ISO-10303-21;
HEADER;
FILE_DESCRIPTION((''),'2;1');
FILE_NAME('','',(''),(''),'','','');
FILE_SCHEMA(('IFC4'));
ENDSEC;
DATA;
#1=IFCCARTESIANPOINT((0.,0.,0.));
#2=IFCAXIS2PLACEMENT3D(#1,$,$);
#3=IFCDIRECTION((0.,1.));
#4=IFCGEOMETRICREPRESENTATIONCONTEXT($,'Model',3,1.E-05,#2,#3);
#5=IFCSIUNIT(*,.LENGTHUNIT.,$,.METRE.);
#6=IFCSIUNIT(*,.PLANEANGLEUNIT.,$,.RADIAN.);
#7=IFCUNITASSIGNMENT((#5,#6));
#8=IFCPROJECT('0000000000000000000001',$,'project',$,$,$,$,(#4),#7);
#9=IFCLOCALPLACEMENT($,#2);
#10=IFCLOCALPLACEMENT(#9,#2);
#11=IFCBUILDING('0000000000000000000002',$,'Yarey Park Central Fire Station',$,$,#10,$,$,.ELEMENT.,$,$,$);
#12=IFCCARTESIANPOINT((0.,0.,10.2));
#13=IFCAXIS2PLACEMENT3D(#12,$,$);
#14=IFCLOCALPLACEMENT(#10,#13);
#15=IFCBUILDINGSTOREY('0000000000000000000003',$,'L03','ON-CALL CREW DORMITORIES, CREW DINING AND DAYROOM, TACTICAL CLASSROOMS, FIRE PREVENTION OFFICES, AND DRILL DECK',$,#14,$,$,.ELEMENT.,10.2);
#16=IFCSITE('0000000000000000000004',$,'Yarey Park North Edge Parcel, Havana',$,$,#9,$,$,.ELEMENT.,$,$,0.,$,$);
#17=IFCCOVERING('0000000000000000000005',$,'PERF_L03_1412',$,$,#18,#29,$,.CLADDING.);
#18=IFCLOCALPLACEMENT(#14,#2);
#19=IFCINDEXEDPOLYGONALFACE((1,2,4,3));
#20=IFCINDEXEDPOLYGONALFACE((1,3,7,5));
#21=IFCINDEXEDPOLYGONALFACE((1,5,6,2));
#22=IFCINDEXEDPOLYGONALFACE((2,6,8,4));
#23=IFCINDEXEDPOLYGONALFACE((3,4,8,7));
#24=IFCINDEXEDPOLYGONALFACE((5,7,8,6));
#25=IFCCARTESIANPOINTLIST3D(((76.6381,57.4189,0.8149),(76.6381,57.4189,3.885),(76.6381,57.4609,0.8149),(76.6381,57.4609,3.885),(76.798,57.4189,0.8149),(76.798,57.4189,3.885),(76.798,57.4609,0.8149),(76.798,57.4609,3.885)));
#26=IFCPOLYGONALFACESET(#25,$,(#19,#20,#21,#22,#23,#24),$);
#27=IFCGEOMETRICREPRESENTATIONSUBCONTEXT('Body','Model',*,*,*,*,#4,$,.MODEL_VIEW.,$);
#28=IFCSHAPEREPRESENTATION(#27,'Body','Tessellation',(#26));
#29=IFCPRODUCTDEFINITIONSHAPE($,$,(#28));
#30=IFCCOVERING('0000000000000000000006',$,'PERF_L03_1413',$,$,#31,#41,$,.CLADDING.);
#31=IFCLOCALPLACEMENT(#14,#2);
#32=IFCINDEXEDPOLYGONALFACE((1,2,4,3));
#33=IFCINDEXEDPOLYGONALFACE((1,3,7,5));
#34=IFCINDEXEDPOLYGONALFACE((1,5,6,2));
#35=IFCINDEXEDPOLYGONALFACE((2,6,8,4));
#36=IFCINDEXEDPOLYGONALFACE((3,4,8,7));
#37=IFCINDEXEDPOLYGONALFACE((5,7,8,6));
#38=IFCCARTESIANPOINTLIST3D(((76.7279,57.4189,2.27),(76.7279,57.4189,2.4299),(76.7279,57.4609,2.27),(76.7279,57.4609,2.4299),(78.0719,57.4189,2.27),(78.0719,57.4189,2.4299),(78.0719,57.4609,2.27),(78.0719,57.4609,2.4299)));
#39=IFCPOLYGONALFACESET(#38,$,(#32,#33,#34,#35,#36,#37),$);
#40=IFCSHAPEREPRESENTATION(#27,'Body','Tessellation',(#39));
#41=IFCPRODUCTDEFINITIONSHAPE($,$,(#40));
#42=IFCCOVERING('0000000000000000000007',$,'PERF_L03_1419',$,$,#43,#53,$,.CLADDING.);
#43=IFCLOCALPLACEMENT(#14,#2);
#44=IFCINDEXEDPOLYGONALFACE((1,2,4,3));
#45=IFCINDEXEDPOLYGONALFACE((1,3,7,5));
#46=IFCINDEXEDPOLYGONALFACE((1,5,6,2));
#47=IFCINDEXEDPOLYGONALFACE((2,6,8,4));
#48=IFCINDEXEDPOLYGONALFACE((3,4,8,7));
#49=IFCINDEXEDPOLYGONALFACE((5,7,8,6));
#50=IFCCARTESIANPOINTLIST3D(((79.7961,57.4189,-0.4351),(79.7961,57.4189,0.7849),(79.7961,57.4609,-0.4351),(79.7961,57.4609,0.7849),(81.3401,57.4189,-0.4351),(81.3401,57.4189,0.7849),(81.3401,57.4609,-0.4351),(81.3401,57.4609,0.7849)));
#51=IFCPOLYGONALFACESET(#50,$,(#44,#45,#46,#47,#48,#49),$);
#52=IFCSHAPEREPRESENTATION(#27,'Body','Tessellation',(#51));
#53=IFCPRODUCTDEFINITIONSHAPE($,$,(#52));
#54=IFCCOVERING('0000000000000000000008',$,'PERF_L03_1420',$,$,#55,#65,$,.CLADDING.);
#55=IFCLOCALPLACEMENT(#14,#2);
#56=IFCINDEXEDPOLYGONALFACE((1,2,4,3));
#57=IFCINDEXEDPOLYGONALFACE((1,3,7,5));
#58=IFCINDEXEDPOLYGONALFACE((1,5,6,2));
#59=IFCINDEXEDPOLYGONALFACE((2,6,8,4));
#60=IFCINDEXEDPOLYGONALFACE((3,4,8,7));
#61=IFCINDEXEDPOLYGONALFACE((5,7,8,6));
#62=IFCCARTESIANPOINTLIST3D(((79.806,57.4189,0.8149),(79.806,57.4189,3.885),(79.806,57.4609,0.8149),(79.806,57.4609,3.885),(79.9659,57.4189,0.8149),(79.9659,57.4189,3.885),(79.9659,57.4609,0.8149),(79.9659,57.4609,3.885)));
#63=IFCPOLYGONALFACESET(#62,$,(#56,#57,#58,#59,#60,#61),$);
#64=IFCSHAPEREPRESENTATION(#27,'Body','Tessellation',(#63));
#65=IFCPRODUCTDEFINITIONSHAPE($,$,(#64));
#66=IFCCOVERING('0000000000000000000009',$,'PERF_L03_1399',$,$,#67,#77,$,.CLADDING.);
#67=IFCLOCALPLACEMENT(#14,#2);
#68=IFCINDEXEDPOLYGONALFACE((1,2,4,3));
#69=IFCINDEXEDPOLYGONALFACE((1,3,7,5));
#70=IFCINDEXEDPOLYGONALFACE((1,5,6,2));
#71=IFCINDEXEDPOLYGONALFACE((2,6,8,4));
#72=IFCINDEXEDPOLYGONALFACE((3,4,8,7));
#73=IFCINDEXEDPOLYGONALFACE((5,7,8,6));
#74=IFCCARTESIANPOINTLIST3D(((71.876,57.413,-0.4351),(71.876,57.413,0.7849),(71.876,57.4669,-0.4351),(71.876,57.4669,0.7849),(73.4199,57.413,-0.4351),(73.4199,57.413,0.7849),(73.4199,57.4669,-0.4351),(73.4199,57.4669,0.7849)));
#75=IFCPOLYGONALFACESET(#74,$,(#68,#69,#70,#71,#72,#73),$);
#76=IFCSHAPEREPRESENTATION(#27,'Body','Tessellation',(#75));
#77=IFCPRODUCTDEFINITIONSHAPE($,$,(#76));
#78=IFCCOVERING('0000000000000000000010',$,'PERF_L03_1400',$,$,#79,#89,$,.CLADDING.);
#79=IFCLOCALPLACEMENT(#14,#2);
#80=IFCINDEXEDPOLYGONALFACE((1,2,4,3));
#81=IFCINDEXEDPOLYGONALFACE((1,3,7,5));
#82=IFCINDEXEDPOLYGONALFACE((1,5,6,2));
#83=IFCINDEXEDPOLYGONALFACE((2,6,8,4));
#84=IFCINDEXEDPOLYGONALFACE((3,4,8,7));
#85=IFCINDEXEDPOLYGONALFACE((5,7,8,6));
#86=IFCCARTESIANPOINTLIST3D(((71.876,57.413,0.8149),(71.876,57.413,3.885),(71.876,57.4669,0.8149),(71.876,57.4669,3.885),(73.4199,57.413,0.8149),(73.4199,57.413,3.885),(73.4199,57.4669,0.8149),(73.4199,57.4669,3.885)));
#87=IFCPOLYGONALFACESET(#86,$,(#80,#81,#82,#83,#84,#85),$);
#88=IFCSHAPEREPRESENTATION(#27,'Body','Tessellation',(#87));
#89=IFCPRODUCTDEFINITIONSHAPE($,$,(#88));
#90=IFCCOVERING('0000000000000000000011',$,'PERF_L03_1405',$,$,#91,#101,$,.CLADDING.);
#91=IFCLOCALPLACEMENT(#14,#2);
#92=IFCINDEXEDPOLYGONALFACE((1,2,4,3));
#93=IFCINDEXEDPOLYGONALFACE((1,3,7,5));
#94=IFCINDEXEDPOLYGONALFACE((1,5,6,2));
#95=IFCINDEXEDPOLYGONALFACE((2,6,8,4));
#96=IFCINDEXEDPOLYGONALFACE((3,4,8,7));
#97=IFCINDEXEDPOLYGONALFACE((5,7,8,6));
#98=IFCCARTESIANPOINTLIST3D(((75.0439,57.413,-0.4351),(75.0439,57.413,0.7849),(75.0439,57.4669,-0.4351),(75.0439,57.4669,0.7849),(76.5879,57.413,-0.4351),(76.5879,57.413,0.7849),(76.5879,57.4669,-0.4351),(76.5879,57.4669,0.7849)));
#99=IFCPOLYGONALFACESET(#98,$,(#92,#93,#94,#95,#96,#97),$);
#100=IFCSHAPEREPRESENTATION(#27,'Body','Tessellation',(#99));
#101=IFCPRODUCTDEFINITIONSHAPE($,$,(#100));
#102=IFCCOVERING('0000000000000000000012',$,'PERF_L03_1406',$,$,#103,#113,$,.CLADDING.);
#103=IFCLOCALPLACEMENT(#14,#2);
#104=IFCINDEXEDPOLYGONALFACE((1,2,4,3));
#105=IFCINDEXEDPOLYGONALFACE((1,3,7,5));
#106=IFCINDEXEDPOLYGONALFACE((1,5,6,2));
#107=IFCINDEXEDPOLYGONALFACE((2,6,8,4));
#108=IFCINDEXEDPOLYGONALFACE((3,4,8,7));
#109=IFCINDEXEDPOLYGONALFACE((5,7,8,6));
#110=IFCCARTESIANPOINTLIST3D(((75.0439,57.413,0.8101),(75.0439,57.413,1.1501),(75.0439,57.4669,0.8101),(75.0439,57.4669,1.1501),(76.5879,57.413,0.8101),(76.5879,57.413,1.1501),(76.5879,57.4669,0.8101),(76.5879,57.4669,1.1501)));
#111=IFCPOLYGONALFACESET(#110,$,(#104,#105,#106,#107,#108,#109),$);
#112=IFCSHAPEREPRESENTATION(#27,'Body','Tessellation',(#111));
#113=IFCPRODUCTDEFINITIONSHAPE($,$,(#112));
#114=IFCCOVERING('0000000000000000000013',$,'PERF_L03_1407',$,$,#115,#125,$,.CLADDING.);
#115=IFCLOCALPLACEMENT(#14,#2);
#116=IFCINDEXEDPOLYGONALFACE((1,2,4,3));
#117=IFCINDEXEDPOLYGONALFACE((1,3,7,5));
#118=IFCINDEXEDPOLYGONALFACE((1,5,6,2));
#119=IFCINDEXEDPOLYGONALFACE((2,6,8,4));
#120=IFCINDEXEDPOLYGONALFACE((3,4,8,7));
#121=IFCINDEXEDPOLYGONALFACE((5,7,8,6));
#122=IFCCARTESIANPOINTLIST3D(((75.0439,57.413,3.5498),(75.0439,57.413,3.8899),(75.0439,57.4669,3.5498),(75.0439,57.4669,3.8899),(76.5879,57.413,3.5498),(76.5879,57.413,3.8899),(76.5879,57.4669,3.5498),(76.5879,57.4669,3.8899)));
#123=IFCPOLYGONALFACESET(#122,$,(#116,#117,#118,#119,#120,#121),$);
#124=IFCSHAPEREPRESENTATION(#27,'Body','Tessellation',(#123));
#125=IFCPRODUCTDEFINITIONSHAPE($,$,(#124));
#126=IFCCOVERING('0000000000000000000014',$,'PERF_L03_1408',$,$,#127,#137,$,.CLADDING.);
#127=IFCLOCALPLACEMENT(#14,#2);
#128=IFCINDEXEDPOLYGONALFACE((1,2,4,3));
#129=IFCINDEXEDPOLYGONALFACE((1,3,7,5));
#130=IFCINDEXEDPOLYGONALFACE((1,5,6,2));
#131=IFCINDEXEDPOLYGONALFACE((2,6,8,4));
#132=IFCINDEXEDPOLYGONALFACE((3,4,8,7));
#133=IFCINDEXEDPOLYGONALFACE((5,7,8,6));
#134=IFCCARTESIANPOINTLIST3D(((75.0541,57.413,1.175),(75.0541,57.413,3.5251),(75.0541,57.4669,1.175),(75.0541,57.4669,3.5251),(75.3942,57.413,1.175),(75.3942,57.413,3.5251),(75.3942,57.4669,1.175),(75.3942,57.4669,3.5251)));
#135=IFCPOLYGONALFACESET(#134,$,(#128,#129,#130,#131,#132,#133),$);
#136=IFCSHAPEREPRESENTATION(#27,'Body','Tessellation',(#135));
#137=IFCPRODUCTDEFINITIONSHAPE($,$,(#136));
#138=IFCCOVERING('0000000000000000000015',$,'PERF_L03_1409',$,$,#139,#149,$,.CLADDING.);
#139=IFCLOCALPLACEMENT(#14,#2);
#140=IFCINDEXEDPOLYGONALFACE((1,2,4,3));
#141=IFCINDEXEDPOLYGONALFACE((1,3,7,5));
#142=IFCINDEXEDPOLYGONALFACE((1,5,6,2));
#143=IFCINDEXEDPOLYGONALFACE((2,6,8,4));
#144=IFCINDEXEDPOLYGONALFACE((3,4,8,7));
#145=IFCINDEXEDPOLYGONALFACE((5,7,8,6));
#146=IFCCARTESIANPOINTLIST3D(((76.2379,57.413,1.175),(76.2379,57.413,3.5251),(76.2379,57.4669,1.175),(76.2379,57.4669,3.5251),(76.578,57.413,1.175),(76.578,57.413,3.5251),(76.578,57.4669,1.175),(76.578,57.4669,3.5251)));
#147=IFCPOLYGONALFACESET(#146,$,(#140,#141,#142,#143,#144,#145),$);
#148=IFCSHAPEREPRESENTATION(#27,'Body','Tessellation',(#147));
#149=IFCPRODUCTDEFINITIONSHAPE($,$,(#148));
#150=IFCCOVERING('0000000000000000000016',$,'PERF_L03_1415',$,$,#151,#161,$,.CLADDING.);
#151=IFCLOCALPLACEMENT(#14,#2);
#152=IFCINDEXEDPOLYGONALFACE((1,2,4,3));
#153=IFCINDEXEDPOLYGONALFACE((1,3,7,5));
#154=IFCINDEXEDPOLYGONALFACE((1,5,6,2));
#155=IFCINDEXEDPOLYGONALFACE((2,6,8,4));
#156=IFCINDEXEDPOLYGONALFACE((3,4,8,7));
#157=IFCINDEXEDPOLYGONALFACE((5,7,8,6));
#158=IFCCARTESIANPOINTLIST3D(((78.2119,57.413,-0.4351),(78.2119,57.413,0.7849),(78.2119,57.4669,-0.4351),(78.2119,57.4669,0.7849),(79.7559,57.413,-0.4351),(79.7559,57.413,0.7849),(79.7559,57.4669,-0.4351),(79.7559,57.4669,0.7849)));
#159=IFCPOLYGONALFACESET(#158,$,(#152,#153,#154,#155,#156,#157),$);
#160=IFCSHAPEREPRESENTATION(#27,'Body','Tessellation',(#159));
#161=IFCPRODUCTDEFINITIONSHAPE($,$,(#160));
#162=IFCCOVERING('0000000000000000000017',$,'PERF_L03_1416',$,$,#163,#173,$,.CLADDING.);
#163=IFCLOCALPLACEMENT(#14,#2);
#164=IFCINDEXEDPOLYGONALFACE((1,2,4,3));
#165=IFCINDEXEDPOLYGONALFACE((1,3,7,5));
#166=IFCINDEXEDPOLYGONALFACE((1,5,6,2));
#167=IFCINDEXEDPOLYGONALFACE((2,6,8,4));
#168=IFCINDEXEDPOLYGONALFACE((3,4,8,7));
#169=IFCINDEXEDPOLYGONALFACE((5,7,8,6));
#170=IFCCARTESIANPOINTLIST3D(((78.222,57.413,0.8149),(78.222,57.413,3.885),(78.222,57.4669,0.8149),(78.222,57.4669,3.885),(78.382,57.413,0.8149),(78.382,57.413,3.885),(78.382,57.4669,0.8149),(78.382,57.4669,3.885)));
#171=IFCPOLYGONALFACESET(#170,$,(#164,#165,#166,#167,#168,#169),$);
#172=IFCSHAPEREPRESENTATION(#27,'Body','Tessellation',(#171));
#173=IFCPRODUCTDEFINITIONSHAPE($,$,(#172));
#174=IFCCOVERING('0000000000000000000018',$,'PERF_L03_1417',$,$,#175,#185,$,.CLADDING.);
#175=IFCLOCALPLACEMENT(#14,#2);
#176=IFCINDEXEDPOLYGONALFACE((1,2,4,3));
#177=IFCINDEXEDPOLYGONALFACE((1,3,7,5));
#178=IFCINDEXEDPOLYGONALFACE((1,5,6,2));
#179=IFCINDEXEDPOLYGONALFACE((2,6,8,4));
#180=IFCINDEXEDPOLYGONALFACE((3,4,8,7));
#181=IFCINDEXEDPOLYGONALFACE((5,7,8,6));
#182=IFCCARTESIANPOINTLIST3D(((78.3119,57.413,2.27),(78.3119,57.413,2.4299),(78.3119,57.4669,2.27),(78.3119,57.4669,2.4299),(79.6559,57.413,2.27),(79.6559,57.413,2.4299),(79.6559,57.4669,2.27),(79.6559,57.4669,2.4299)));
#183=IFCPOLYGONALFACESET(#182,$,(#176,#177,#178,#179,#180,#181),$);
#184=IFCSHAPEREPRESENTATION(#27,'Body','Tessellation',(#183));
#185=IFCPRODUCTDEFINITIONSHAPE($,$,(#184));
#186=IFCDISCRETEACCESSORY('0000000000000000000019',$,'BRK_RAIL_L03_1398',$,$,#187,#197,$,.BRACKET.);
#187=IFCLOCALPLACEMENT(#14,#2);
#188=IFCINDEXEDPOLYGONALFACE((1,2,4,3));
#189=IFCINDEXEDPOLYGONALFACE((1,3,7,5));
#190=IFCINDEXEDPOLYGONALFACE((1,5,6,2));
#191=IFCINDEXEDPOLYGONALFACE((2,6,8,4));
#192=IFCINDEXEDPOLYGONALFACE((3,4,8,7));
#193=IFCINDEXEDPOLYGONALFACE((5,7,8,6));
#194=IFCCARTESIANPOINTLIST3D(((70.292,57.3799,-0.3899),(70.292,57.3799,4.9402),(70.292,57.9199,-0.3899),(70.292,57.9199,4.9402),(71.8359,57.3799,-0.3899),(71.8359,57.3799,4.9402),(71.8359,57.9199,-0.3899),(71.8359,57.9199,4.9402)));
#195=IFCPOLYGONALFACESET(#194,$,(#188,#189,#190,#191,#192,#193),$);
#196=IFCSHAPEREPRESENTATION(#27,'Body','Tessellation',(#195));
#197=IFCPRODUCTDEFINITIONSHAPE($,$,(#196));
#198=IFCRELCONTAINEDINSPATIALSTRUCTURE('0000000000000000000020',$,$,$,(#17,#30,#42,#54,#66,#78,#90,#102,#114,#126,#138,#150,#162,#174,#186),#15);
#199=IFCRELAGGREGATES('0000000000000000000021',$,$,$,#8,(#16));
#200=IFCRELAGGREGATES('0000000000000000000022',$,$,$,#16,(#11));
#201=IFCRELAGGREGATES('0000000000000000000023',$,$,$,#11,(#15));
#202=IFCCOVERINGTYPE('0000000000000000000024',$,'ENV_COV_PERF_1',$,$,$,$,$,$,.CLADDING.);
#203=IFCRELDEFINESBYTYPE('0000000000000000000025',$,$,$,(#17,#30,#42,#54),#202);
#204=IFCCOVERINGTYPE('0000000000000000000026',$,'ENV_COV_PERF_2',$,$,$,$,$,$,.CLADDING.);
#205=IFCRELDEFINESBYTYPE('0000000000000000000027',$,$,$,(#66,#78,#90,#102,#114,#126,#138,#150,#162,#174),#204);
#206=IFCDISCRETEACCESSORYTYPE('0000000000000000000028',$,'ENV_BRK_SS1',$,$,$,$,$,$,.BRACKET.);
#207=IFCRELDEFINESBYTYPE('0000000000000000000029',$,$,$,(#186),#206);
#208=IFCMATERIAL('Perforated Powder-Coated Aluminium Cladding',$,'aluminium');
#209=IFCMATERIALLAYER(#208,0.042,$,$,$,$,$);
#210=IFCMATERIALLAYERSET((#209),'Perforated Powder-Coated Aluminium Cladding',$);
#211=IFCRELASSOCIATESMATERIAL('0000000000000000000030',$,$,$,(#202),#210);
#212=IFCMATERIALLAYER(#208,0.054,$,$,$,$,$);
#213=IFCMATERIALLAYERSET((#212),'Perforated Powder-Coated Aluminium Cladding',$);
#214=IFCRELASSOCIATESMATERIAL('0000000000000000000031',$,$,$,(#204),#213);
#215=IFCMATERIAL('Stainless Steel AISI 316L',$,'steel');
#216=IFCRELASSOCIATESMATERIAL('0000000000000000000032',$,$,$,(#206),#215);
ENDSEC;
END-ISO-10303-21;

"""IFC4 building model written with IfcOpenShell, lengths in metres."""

from ifc_helpers import new_model, si_unit, direction, frame, origin, origin_2d, place, context, subcontext, project, spatial, rectangle, extrude, material, layer, layer_set, type_object, element, save


model = new_model("IFC4")

# Units and contexts
model_context = context("Model", 3, precision=1e-05, world=origin(), true_north=direction((0.0, 1.0)))
body_context = subcontext(model_context, "Body", "Model", "MODEL_VIEW")
ifc_project = project(units=[si_unit("LENGTHUNIT", "METRE"), si_unit("PLANEANGLEUNIT", "RADIAN")], contexts=[model_context])

# Site, building, storey
site_placement = place(None, origin())
site = spatial("IfcSite", under=ifc_project, at=site_placement, Name="Yarey Park North Edge Parcel, Havana", CompositionType="ELEMENT", RefElevation=0.0)
building_placement = place(site_placement, origin())
building = spatial("IfcBuilding", under=site, at=building_placement, Name="Yarey Park Central Fire Station", CompositionType="ELEMENT")
storey_placement = place(building_placement, frame((0.0, 0.0, 10.2)))
storey = spatial("IfcBuildingStorey", under=building, at=storey_placement, Name="L03", Description="ON-CALL CREW DORMITORIES, CREW DINING AND DAYROOM, TACTICAL CLASSROOMS, FIRE PREVENTION OFFICES, AND DRILL DECK", CompositionType="ELEMENT", Elevation=10.2)

# Coverings
ifc_material_1 = material(Name="Perforated Powder-Coated Aluminium Cladding", Category="aluminium")
ifc_layer_1 = layer(ifc_material_1, 0.042)
ifc_layer_set_1 = layer_set([ifc_layer_1], Name="Perforated Powder-Coated Aluminium Cladding")
covering_type_1 = type_object("IfcCoveringType", Name="ENV_COV_PERF_1", PredefinedType="CLADDING", material=ifc_layer_set_1)
covering_1_placement = place(storey_placement, frame((76.718, 57.4399, 0.8149), z_axis=(0.0, 0.0, 1.0), x_axis=(1.0, 0.0, 0.0)))
element("IfcCovering", 1, at=covering_1_placement, inside=storey, type_object=covering_type_1, Name="PERF_L03_1412", PredefinedType="CLADDING", context=body_context, shape_type="SweptSolid", body=[
    extrude(rectangle(XDim=0.1599, YDim=0.042, at=origin_2d()), origin(), (0.0, 0.0, 1.0), 3.0701),
])
covering_2_placement = place(storey_placement, frame((77.3999, 57.4399, 2.27), z_axis=(0.0, 0.0, 1.0), x_axis=(1.0, 0.0, 0.0)))
element("IfcCovering", 2, at=covering_2_placement, inside=storey, type_object=covering_type_1, Name="PERF_L03_1413", PredefinedType="CLADDING", context=body_context, shape_type="SweptSolid", body=[
    extrude(rectangle(XDim=1.344, YDim=0.042, at=origin_2d()), origin(), (0.0, 0.0, 1.0), 0.1599),
])
covering_3_placement = place(storey_placement, frame((80.5681, 57.4399, -0.4351), z_axis=(0.0, 0.0, 1.0), x_axis=(1.0, 0.0, 0.0)))
element("IfcCovering", 3, at=covering_3_placement, inside=storey, type_object=covering_type_1, Name="PERF_L03_1419", PredefinedType="CLADDING", context=body_context, shape_type="SweptSolid", body=[
    extrude(rectangle(XDim=1.5439, YDim=0.042, at=origin_2d()), origin(), (0.0, 0.0, 1.0), 1.22),
])
covering_4_placement = place(storey_placement, frame((79.886, 57.4399, 0.8149), z_axis=(0.0, 0.0, 1.0), x_axis=(1.0, 0.0, 0.0)))
element("IfcCovering", 4, at=covering_4_placement, inside=storey, type_object=covering_type_1, Name="PERF_L03_1420", PredefinedType="CLADDING", context=body_context, shape_type="SweptSolid", body=[
    extrude(rectangle(XDim=0.1599, YDim=0.042, at=origin_2d()), origin(), (0.0, 0.0, 1.0), 3.0701),
])
ifc_layer_2 = layer(ifc_material_1, 0.054)
ifc_layer_set_2 = layer_set([ifc_layer_2], Name="Perforated Powder-Coated Aluminium Cladding")
covering_type_2 = type_object("IfcCoveringType", Name="ENV_COV_PERF_2", PredefinedType="CLADDING", material=ifc_layer_set_2)
covering_5_placement = place(storey_placement, frame((72.6479, 57.4399, -0.4351), z_axis=(0.0, 0.0, 1.0), x_axis=(1.0, 0.0, 0.0)))
element("IfcCovering", 5, at=covering_5_placement, inside=storey, type_object=covering_type_2, Name="PERF_L03_1399", PredefinedType="CLADDING", context=body_context, shape_type="SweptSolid", body=[
    extrude(rectangle(XDim=1.5439, YDim=0.054, at=origin_2d()), origin(), (0.0, 0.0, 1.0), 1.22),
])
covering_6_placement = place(storey_placement, frame((72.6479, 57.4399, 0.8149), z_axis=(0.0, 0.0, 1.0), x_axis=(1.0, 0.0, 0.0)))
element("IfcCovering", 6, at=covering_6_placement, inside=storey, type_object=covering_type_2, Name="PERF_L03_1400", PredefinedType="CLADDING", context=body_context, shape_type="SweptSolid", body=[
    extrude(rectangle(XDim=1.5439, YDim=0.054, at=origin_2d()), origin(), (0.0, 0.0, 1.0), 3.0701),
])
covering_7_placement = place(storey_placement, frame((75.8159, 57.4399, -0.4351), z_axis=(0.0, 0.0, 1.0), x_axis=(1.0, 0.0, 0.0)))
element("IfcCovering", 7, at=covering_7_placement, inside=storey, type_object=covering_type_2, Name="PERF_L03_1405", PredefinedType="CLADDING", context=body_context, shape_type="SweptSolid", body=[
    extrude(rectangle(XDim=1.5439, YDim=0.054, at=origin_2d()), origin(), (0.0, 0.0, 1.0), 1.22),
])
for number, where, z_axis, x_axis, name in (
    (8, (75.8159, 57.4399, 0.8101), (0.0, 0.0, 1.0), (1.0, 0.0, 0.0), "PERF_L03_1406"),
    (9, (75.8159, 57.4399, 3.5498), (0.0, 0.0, 1.0), (1.0, 0.0, 0.0), "PERF_L03_1407"),
):
    element("IfcCovering", number, at=place(storey_placement, frame(where, z_axis=z_axis, x_axis=x_axis)), inside=storey, type_object=covering_type_2, Name=name, PredefinedType="CLADDING", context=body_context, shape_type="SweptSolid", body=[
        extrude(rectangle(XDim=1.5439, YDim=0.054, at=origin_2d()), origin(), (0.0, 0.0, 1.0), 0.3401),
    ])
for number, where, z_axis, x_axis, name in (
    (10, (75.2241, 57.4399, 1.175), (0.0, 0.0, 1.0), (1.0, 0.0, 0.0), "PERF_L03_1408"),
    (11, (76.408, 57.4399, 1.175), (0.0, 0.0, 1.0), (1.0, 0.0, 0.0), "PERF_L03_1409"),
):
    element("IfcCovering", number, at=place(storey_placement, frame(where, z_axis=z_axis, x_axis=x_axis)), inside=storey, type_object=covering_type_2, Name=name, PredefinedType="CLADDING", context=body_context, shape_type="SweptSolid", body=[
        extrude(rectangle(XDim=0.3401, YDim=0.054, at=origin_2d()), origin(), (0.0, 0.0, 1.0), 2.3501),
    ])
covering_8_placement = place(storey_placement, frame((78.9839, 57.4399, -0.4351), z_axis=(0.0, 0.0, 1.0), x_axis=(1.0, 0.0, 0.0)))
element("IfcCovering", 12, at=covering_8_placement, inside=storey, type_object=covering_type_2, Name="PERF_L03_1415", PredefinedType="CLADDING", context=body_context, shape_type="SweptSolid", body=[
    extrude(rectangle(XDim=1.5439, YDim=0.054, at=origin_2d()), origin(), (0.0, 0.0, 1.0), 1.22),
])
covering_9_placement = place(storey_placement, frame((78.302, 57.4399, 0.8149), z_axis=(0.0, 0.0, 1.0), x_axis=(1.0, 0.0, 0.0)))
element("IfcCovering", 13, at=covering_9_placement, inside=storey, type_object=covering_type_2, Name="PERF_L03_1416", PredefinedType="CLADDING", context=body_context, shape_type="SweptSolid", body=[
    extrude(rectangle(XDim=0.1599, YDim=0.054, at=origin_2d()), origin(), (0.0, 0.0, 1.0), 3.0701),
])
covering_10_placement = place(storey_placement, frame((78.9839, 57.4399, 2.27), z_axis=(0.0, 0.0, 1.0), x_axis=(1.0, 0.0, 0.0)))
element("IfcCovering", 14, at=covering_10_placement, inside=storey, type_object=covering_type_2, Name="PERF_L03_1417", PredefinedType="CLADDING", context=body_context, shape_type="SweptSolid", body=[
    extrude(rectangle(XDim=1.344, YDim=0.054, at=origin_2d()), origin(), (0.0, 0.0, 1.0), 0.1599),
])

# Discrete accessory
ifc_material_2 = material(Name="Stainless Steel AISI 316L", Category="steel")
discrete_accessory_type = type_object("IfcDiscreteAccessoryType", Name="ENV_BRK_SS1", PredefinedType="BRACKET", material=ifc_material_2)
discrete_accessory_1_placement = place(storey_placement, frame((71.064, 57.6499, -0.3899), z_axis=(0.0, 0.0, 1.0), x_axis=(1.0, 0.0, 0.0)))
element("IfcDiscreteAccessory", 15, at=discrete_accessory_1_placement, inside=storey, type_object=discrete_accessory_type, Name="BRK_RAIL_L03_1398", PredefinedType="BRACKET", context=body_context, shape_type="SweptSolid", body=[
    extrude(rectangle(XDim=1.5439, YDim=0.54, at=origin_2d()), origin(), (0.0, 0.0, 1.0), 5.3301),
])

save(model, "model.ifc")
